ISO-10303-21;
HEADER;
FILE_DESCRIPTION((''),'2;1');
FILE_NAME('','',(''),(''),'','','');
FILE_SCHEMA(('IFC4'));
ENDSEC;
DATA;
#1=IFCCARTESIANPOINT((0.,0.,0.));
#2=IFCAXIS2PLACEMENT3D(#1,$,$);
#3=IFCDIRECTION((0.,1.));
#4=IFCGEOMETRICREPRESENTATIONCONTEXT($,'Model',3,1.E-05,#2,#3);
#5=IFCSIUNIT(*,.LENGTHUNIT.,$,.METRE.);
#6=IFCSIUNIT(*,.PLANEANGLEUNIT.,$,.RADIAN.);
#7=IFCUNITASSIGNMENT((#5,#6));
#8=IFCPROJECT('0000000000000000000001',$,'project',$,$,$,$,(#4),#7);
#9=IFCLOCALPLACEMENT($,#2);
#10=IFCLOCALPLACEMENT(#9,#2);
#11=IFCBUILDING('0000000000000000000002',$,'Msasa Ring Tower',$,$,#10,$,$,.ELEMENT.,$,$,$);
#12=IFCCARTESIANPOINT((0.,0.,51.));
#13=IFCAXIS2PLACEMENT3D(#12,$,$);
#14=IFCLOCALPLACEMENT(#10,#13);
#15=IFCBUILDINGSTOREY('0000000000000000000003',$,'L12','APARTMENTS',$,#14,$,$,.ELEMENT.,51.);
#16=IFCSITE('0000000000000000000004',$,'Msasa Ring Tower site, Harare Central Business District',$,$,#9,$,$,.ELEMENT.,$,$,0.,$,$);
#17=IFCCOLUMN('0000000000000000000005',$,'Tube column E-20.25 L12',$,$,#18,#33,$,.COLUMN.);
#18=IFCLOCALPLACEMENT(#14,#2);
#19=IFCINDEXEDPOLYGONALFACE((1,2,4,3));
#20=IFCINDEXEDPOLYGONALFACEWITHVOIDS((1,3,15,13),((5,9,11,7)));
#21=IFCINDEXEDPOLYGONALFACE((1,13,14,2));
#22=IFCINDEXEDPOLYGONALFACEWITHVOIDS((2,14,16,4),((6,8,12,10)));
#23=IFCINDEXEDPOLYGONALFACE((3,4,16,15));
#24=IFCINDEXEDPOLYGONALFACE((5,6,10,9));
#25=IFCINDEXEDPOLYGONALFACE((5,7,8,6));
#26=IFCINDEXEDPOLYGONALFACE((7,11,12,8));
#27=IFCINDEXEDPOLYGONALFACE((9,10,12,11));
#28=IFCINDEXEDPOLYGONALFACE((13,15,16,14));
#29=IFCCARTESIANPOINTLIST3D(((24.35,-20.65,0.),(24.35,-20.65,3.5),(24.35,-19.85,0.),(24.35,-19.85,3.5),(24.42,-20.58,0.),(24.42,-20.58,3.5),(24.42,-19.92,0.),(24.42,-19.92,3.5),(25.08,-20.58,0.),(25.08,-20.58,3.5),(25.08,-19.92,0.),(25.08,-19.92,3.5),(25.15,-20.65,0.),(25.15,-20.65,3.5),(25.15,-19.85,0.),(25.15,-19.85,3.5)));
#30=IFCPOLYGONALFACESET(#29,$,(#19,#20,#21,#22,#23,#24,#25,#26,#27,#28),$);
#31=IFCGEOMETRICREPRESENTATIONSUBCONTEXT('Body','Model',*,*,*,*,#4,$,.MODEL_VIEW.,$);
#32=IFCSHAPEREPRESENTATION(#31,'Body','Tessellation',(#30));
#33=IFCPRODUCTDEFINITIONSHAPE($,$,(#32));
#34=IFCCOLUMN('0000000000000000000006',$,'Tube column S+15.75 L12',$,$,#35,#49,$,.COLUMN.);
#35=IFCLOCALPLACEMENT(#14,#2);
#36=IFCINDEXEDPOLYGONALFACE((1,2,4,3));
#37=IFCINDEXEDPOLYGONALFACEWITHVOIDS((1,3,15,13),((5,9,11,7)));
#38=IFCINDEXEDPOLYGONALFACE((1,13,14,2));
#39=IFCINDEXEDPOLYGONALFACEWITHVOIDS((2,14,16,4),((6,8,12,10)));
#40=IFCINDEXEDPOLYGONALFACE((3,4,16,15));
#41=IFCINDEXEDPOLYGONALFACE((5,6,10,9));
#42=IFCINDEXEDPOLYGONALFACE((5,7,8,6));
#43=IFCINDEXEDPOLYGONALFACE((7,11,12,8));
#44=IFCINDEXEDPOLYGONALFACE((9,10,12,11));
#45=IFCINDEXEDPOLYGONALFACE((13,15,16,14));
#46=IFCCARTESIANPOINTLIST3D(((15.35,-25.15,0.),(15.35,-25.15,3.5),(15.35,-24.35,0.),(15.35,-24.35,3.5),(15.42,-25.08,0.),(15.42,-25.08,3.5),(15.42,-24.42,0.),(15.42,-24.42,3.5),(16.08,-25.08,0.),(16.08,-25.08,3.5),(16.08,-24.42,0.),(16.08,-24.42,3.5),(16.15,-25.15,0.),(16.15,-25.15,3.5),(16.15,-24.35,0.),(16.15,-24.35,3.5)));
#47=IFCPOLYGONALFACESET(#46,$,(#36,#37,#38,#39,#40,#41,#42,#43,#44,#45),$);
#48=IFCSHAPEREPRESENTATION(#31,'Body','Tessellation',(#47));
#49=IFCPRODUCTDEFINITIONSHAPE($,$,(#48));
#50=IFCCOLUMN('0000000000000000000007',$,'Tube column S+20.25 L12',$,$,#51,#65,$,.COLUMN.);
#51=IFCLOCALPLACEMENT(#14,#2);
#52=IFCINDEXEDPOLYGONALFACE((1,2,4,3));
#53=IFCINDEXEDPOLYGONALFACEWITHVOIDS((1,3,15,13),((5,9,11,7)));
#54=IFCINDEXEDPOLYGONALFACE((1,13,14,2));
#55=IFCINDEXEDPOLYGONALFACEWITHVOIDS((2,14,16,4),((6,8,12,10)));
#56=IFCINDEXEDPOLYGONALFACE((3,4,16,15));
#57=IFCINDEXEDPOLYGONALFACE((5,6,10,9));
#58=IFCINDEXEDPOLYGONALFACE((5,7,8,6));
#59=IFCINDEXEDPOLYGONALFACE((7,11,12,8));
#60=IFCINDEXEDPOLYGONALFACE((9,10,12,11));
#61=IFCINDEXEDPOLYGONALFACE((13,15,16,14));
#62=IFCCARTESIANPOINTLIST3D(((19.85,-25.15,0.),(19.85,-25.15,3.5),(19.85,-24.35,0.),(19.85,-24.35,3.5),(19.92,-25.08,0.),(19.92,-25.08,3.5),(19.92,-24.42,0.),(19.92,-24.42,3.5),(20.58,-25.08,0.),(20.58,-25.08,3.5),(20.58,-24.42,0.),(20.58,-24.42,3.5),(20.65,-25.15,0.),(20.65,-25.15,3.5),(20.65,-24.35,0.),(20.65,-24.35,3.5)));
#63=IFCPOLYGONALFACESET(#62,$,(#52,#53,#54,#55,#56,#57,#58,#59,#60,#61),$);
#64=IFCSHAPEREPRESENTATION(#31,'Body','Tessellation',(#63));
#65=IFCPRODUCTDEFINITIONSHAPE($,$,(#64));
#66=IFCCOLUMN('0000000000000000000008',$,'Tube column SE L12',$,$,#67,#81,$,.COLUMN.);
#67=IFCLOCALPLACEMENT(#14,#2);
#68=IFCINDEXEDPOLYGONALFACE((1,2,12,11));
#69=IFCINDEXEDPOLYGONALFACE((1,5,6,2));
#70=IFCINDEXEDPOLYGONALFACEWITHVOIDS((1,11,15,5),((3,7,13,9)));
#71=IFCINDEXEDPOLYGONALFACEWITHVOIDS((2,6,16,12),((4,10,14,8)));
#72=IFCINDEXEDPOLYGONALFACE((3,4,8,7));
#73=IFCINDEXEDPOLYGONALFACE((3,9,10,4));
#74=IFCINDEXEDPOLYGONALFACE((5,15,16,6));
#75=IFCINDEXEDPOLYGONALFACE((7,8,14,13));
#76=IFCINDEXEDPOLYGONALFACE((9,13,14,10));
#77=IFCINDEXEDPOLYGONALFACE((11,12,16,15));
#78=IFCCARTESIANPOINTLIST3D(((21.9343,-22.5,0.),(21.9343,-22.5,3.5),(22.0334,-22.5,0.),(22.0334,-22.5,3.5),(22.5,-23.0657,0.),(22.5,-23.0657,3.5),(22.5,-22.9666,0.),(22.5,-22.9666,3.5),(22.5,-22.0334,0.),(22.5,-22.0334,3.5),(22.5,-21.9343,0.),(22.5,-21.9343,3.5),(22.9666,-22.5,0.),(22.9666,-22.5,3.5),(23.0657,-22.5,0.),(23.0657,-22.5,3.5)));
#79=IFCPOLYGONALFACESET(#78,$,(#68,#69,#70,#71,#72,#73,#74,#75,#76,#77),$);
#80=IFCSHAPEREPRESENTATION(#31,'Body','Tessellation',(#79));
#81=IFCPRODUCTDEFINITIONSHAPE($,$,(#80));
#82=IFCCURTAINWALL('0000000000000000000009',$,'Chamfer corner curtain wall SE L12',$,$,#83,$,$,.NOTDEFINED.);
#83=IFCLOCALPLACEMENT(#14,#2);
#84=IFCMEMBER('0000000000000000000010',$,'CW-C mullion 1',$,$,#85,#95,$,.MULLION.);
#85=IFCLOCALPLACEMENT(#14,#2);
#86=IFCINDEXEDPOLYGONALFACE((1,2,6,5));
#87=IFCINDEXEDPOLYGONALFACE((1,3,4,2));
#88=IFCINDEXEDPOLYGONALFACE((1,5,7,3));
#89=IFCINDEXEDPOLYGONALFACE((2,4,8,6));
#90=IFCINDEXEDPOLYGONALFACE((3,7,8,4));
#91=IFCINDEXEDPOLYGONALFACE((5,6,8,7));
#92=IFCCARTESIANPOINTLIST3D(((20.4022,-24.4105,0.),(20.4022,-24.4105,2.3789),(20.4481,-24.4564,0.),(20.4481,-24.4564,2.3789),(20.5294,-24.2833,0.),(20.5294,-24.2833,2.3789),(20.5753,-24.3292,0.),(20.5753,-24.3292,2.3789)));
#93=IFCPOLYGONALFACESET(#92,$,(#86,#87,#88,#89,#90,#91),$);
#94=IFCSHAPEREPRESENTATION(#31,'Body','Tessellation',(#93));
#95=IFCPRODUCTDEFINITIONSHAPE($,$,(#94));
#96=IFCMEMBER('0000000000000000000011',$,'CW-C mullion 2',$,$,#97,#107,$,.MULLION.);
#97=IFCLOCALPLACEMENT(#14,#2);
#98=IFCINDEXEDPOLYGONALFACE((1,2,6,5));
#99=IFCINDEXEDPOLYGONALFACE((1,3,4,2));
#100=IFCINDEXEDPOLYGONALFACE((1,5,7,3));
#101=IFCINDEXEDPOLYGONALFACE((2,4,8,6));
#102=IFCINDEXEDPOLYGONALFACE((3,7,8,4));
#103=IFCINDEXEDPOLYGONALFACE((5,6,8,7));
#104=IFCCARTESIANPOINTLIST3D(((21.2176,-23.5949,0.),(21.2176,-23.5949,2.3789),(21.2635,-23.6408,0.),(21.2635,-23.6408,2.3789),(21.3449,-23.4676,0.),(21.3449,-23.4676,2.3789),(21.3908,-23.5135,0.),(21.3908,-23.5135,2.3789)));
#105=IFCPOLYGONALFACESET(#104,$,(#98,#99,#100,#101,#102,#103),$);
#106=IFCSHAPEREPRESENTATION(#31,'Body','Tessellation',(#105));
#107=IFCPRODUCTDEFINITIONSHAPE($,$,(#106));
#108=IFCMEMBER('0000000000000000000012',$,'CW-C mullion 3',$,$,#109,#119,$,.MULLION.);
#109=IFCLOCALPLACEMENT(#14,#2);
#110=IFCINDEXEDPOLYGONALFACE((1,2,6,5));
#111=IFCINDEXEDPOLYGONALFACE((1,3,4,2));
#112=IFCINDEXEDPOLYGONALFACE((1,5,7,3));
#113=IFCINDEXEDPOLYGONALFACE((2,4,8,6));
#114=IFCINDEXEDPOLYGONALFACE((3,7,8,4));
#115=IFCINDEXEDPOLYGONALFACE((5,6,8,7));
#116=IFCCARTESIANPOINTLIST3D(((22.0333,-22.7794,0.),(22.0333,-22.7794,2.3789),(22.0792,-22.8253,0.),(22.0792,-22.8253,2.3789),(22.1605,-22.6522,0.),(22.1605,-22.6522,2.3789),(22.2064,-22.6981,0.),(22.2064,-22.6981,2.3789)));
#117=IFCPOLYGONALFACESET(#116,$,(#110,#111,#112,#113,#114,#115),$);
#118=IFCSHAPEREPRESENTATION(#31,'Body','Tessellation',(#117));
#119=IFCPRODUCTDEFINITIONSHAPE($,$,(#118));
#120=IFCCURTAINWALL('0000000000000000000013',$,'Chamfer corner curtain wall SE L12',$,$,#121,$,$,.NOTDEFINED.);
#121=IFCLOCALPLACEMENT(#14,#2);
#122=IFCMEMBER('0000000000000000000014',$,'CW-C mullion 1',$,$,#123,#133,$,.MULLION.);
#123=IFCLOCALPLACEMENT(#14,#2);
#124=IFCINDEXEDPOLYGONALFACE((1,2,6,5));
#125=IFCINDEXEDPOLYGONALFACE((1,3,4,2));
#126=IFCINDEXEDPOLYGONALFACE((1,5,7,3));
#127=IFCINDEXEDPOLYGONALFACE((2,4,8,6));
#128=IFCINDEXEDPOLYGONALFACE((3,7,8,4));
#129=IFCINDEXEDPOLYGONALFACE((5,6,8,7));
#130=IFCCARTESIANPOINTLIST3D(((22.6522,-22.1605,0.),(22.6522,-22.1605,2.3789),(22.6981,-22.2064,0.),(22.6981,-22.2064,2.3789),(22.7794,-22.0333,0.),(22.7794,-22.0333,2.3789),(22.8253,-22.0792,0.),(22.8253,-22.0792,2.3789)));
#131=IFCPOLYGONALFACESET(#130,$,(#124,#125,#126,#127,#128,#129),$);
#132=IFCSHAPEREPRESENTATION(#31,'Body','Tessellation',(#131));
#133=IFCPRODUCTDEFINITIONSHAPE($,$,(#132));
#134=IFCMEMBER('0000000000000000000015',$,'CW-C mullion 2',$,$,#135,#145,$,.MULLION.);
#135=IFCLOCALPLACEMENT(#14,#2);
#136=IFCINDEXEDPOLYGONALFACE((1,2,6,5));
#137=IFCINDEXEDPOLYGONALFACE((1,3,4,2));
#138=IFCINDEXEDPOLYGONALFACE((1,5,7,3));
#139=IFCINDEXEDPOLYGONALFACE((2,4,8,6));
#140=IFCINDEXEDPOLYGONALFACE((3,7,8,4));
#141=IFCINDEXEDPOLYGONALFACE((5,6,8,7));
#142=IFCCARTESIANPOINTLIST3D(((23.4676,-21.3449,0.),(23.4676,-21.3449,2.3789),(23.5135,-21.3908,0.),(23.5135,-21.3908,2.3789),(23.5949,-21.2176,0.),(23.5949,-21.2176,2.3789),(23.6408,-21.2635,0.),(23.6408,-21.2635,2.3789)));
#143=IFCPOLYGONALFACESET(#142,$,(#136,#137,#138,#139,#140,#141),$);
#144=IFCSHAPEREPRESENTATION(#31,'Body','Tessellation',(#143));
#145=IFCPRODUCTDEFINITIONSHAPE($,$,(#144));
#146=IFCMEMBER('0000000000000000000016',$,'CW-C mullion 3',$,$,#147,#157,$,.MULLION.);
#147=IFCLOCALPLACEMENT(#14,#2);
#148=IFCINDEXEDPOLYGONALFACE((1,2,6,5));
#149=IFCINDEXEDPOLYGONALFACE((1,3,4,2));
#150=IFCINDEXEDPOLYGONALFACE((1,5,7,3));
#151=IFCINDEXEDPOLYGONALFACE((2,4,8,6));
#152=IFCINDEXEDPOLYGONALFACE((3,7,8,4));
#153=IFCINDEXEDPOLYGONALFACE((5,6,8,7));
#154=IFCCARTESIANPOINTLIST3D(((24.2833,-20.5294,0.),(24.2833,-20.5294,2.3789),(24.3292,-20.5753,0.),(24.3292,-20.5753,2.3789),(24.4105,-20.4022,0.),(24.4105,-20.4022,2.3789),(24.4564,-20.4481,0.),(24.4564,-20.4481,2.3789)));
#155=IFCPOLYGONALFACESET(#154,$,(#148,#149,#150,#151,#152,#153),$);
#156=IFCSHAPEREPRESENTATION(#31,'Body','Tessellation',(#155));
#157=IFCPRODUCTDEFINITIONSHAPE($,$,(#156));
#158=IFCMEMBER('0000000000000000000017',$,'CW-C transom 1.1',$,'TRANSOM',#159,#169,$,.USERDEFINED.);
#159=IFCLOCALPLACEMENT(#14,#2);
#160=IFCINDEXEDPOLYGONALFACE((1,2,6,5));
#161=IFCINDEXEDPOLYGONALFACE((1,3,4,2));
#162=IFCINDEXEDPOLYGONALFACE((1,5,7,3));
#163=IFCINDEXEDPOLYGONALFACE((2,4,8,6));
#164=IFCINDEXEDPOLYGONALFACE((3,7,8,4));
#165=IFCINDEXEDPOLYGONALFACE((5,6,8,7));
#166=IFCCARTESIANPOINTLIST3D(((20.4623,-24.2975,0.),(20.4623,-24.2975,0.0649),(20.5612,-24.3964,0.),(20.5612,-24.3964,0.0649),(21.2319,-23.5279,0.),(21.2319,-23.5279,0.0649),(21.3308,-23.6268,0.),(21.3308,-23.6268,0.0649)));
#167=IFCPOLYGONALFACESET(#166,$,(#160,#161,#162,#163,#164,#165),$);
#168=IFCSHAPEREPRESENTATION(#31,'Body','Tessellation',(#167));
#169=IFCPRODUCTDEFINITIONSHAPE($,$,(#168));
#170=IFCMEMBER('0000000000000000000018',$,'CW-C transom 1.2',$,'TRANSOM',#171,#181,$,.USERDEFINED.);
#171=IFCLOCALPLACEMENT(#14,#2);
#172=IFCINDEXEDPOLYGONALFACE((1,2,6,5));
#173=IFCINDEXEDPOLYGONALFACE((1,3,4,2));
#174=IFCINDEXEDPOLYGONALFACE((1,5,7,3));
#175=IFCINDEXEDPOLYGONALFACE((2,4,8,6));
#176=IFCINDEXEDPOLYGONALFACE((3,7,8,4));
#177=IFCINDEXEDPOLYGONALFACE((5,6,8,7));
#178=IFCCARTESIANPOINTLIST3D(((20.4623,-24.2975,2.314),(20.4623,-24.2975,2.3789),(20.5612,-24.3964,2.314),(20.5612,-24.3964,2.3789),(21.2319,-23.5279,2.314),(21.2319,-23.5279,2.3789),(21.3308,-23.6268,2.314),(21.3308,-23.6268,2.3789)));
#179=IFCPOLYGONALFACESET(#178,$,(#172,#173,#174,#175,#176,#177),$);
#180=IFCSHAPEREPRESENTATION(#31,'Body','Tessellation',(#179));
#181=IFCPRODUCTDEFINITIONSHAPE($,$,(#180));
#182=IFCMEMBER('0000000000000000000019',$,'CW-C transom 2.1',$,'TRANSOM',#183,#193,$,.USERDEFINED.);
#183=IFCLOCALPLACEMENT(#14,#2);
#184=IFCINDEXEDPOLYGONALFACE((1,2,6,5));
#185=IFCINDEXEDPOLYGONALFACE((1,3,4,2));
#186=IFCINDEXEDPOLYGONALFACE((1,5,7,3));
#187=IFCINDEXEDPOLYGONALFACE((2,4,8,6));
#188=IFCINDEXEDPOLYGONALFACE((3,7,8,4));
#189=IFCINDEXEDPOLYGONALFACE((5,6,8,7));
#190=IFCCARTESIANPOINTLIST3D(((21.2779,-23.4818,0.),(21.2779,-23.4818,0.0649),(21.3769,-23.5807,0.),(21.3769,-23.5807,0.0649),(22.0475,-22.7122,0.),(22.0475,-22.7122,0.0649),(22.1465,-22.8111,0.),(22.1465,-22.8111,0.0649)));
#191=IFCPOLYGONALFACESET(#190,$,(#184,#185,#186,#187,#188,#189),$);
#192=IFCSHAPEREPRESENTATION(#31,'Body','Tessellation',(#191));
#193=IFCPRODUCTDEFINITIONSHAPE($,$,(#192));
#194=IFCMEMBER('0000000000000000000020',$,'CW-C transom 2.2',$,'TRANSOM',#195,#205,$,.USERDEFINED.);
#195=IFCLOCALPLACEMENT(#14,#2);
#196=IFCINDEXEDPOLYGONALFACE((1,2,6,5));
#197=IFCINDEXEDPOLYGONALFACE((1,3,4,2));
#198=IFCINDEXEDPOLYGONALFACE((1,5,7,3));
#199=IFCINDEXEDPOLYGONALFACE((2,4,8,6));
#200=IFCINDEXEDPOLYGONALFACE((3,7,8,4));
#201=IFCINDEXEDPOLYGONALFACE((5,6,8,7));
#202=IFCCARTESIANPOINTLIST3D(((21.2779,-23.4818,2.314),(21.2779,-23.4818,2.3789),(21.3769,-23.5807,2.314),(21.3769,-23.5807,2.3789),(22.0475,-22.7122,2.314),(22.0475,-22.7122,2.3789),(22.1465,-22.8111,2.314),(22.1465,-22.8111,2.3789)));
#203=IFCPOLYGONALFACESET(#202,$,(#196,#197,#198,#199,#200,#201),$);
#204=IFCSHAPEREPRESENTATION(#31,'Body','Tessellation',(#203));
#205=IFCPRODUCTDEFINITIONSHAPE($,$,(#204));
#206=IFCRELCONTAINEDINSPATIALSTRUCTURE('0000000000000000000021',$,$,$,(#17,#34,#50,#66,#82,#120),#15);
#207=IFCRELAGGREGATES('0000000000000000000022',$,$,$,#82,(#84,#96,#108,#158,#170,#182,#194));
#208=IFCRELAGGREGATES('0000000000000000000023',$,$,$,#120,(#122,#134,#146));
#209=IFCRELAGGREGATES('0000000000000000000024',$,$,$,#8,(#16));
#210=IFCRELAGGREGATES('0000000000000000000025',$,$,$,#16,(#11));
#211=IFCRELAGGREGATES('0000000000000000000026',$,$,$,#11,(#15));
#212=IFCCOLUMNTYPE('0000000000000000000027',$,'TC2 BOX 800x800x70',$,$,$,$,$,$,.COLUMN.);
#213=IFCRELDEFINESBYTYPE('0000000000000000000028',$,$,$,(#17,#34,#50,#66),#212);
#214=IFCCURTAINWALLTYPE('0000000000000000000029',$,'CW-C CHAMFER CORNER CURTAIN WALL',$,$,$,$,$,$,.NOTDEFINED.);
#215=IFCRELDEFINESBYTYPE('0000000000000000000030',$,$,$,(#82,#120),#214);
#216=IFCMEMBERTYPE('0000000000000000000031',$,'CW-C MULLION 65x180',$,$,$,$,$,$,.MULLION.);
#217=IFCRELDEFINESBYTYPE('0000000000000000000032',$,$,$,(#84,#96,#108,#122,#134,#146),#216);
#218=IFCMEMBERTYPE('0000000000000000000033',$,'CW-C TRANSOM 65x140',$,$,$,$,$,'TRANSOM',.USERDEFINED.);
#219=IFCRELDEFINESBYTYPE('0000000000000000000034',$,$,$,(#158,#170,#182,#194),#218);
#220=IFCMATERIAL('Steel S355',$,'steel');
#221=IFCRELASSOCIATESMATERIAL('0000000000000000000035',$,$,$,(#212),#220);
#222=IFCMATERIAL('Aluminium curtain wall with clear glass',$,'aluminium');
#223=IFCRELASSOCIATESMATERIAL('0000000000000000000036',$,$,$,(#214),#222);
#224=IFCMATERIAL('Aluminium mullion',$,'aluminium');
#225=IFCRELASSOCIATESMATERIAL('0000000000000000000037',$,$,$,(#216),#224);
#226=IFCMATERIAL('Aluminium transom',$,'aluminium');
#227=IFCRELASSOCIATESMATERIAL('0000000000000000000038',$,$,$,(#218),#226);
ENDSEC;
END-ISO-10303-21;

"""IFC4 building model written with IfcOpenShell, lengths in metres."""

from ifc_helpers import new_model, si_unit, direction, frame, origin, origin_2d, place, context, subcontext, project, spatial, rectangle, hollow_rectangle, extrude, material, material_profile, profile_set, type_object, element, aggregate, save


model = new_model("IFC4")

# Units and contexts
model_context = context("Model", 3, precision=1e-05, world=origin(), true_north=direction((0.0, 1.0)))
body_context = subcontext(model_context, "Body", "Model", "MODEL_VIEW")
ifc_project = project(units=[si_unit("LENGTHUNIT", "METRE"), si_unit("PLANEANGLEUNIT", "RADIAN")], contexts=[model_context])

# Site, building, storey
site_placement = place(None, origin())
site = spatial("IfcSite", under=ifc_project, at=site_placement, Name="Msasa Ring Tower site, Harare Central Business District", CompositionType="ELEMENT", RefElevation=0.0)
building_placement = place(site_placement, origin())
building = spatial("IfcBuilding", under=site, at=building_placement, Name="Msasa Ring Tower", CompositionType="ELEMENT")
storey_placement = place(building_placement, frame((0.0, 0.0, 51.0)))
storey = spatial("IfcBuildingStorey", under=building, at=storey_placement, Name="L12", Description="APARTMENTS", CompositionType="ELEMENT", Elevation=51.0)

# Columns
ifc_material_1 = material(Name="Steel S355", Category="steel")
ifc_material_profile_1 = material_profile(ifc_material_1, hollow_rectangle(XDim=0.8, YDim=0.8, WallThickness=0.0701, at=origin_2d()), Name="BOX 800x800x70")
ifc_profile_set_1 = profile_set([ifc_material_profile_1], Name="Steel S355")
column_type = type_object("IfcColumnType", Name="TC2 BOX 800x800x70", PredefinedType="COLUMN", material=ifc_profile_set_1)
for number, where, z_axis, x_axis, name in (
    (1, (24.75, -20.25, 0.0), (0.0, 0.0, 1.0), (1.0, 0.0, 0.0), "Tube column E-20.25 L12"),
    (2, (15.75, -24.75, 0.0), (0.0, 0.0, 1.0), (0.0, 1.0, 0.0), "Tube column S+15.75 L12"),
    (3, (20.25, -24.75, 0.0), (0.0, 0.0, 1.0), (0.0, 1.0, 0.0), "Tube column S+20.25 L12"),
    (4, (22.5, -22.5, 0.0), (0.0, 0.0, 1.0), (0.707107, -0.707107, 0.0), "Tube column SE L12"),
):
    element("IfcColumn", number, at=place(storey_placement, frame(where, z_axis=z_axis, x_axis=x_axis)), inside=storey, type_object=column_type, Name=name, PredefinedType="COLUMN", context=body_context, shape_type="SweptSolid", body=[
        extrude(hollow_rectangle(XDim=0.8, YDim=0.8, WallThickness=0.0701, at=origin_2d()), origin(), (0.0, 0.0, 1.0), 3.5),
    ])

# Curtain walls, members
ifc_material_2 = material(Name="Aluminium curtain wall with clear glass", Category="aluminium")
curtain_wall_type = type_object("IfcCurtainWallType", Name="CW-C CHAMFER CORNER CURTAIN WALL", PredefinedType="NOTDEFINED", material=ifc_material_2)
curtain_wall_1_placement = place(storey_placement, origin())
curtain_wall_1 = element("IfcCurtainWall", 5, at=curtain_wall_1_placement, inside=storey, type_object=curtain_wall_type, Name="Chamfer corner curtain wall SE L12", PredefinedType="NOTDEFINED")
ifc_material_3 = material(Name="Aluminium mullion", Category="aluminium")
ifc_material_profile_2 = material_profile(ifc_material_3, rectangle(XDim=0.0649, YDim=0.1799, at=origin_2d()), Name="AL 65x180")
ifc_profile_set_2 = profile_set([ifc_material_profile_2], Name="Aluminium mullion")
member_type_1 = type_object("IfcMemberType", Name="CW-C MULLION 65x180", PredefinedType="MULLION", material=ifc_profile_set_2)
member_1_placement = place(storey_placement, frame((20.4888, -24.3699, 0.0), z_axis=(0.0, 0.0, 1.0), x_axis=(-0.707107, 0.707107, 0.0)))
member_1 = element("IfcMember", 6, at=member_1_placement, type_object=member_type_1, Name="CW-C mullion 1", PredefinedType="MULLION", context=body_context, shape_type="SweptSolid", body=[
    extrude(rectangle(XDim=0.0649, YDim=0.1799, at=origin_2d()), origin(), (0.0, 0.0, 1.0), 2.3789),
])
member_2_placement = place(storey_placement, frame((21.3042, -23.5542, 0.0), z_axis=(0.0, 0.0, 1.0), x_axis=(-0.707107, 0.707107, 0.0)))
member_2 = element("IfcMember", 7, at=member_2_placement, type_object=member_type_1, Name="CW-C mullion 2", PredefinedType="MULLION", context=body_context, shape_type="SweptSolid", body=[
    extrude(rectangle(XDim=0.0649, YDim=0.1799, at=origin_2d()), origin(), (0.0, 0.0, 1.0), 2.3789),
])
member_3_placement = place(storey_placement, frame((22.1199, -22.7388, 0.0), z_axis=(0.0, 0.0, 1.0), x_axis=(-0.707107, 0.707107, 0.0)))
member_3 = element("IfcMember", 8, at=member_3_placement, type_object=member_type_1, Name="CW-C mullion 3", PredefinedType="MULLION", context=body_context, shape_type="SweptSolid", body=[
    extrude(rectangle(XDim=0.0649, YDim=0.1799, at=origin_2d()), origin(), (0.0, 0.0, 1.0), 2.3789),
])
curtain_wall_2_placement = place(storey_placement, origin())
curtain_wall_2 = element("IfcCurtainWall", 9, at=curtain_wall_2_placement, inside=storey, type_object=curtain_wall_type, Name="Chamfer corner curtain wall SE L12", PredefinedType="NOTDEFINED")
member_4_placement = place(storey_placement, frame((22.7388, -22.1199, 0.0), z_axis=(0.0, 0.0, 1.0), x_axis=(-0.707107, 0.707107, 0.0)))
member_4 = element("IfcMember", 10, at=member_4_placement, type_object=member_type_1, Name="CW-C mullion 1", PredefinedType="MULLION", context=body_context, shape_type="SweptSolid", body=[
    extrude(rectangle(XDim=0.0649, YDim=0.1799, at=origin_2d()), origin(), (0.0, 0.0, 1.0), 2.3789),
])
member_5_placement = place(storey_placement, frame((23.5542, -21.3042, 0.0), z_axis=(0.0, 0.0, 1.0), x_axis=(-0.707107, 0.707107, 0.0)))
member_5 = element("IfcMember", 11, at=member_5_placement, type_object=member_type_1, Name="CW-C mullion 2", PredefinedType="MULLION", context=body_context, shape_type="SweptSolid", body=[
    extrude(rectangle(XDim=0.0649, YDim=0.1799, at=origin_2d()), origin(), (0.0, 0.0, 1.0), 2.3789),
])
member_6_placement = place(storey_placement, frame((24.3699, -20.4888, 0.0), z_axis=(0.0, 0.0, 1.0), x_axis=(-0.707107, 0.707107, 0.0)))
member_6 = element("IfcMember", 12, at=member_6_placement, type_object=member_type_1, Name="CW-C mullion 3", PredefinedType="MULLION", context=body_context, shape_type="SweptSolid", body=[
    extrude(rectangle(XDim=0.0649, YDim=0.1799, at=origin_2d()), origin(), (0.0, 0.0, 1.0), 2.3789),
])

# Members
ifc_material_4 = material(Name="Aluminium transom", Category="aluminium")
ifc_material_profile_3 = material_profile(ifc_material_4, rectangle(XDim=0.1399, YDim=0.0649, at=origin_2d()), Name="AL 65x140")
ifc_profile_set_3 = profile_set([ifc_material_profile_3], Name="Aluminium transom")
member_type_2 = type_object("IfcMemberType", Name="CW-C TRANSOM 65x140", ElementType="TRANSOM", PredefinedType="USERDEFINED", material=ifc_profile_set_3)
member_7_placement = place(storey_placement, frame((20.5117, -24.3469, 0.0325), z_axis=(0.707107, 0.707107, 0.0), x_axis=(-0.707107, 0.707107, 0.0)))
member_7 = element("IfcMember", 13, at=member_7_placement, type_object=member_type_2, Name="CW-C transom 1.1", ObjectType="TRANSOM", PredefinedType="USERDEFINED", context=body_context, shape_type="SweptSolid", body=[
    extrude(rectangle(XDim=0.1399, YDim=0.0649, at=origin_2d()), origin(), (0.0, 0.0, 1.0), 1.0884),
])
member_8_placement = place(storey_placement, frame((20.5117, -24.3469, 2.3464), z_axis=(0.707107, 0.707107, 0.0), x_axis=(-0.707107, 0.707107, 0.0)))
member_8 = element("IfcMember", 14, at=member_8_placement, type_object=member_type_2, Name="CW-C transom 1.2", ObjectType="TRANSOM", PredefinedType="USERDEFINED", context=body_context, shape_type="SweptSolid", body=[
    extrude(rectangle(XDim=0.1399, YDim=0.0649, at=origin_2d()), origin(), (0.0, 0.0, 1.0), 1.0884),
])
member_9_placement = place(storey_placement, frame((21.3274, -23.5312, 0.0325), z_axis=(0.707107, 0.707107, 0.0), x_axis=(-0.707107, 0.707107, 0.0)))
member_9 = element("IfcMember", 15, at=member_9_placement, type_object=member_type_2, Name="CW-C transom 2.1", ObjectType="TRANSOM", PredefinedType="USERDEFINED", context=body_context, shape_type="SweptSolid", body=[
    extrude(rectangle(XDim=0.1399, YDim=0.0649, at=origin_2d()), origin(), (0.0, 0.0, 1.0), 1.0884),
])
member_10_placement = place(storey_placement, frame((21.3274, -23.5312, 2.3464), z_axis=(0.707107, 0.707107, 0.0), x_axis=(-0.707107, 0.707107, 0.0)))
member_10 = element("IfcMember", 16, at=member_10_placement, type_object=member_type_2, Name="CW-C transom 2.2", ObjectType="TRANSOM", PredefinedType="USERDEFINED", context=body_context, shape_type="SweptSolid", body=[
    extrude(rectangle(XDim=0.1399, YDim=0.0649, at=origin_2d()), origin(), (0.0, 0.0, 1.0), 1.0884),
])

aggregate(curtain_wall_1, [member_1, member_2, member_3, member_7, member_8, member_9, member_10])
aggregate(curtain_wall_2, [member_4, member_5, member_6])

save(model, "model.ifc")
